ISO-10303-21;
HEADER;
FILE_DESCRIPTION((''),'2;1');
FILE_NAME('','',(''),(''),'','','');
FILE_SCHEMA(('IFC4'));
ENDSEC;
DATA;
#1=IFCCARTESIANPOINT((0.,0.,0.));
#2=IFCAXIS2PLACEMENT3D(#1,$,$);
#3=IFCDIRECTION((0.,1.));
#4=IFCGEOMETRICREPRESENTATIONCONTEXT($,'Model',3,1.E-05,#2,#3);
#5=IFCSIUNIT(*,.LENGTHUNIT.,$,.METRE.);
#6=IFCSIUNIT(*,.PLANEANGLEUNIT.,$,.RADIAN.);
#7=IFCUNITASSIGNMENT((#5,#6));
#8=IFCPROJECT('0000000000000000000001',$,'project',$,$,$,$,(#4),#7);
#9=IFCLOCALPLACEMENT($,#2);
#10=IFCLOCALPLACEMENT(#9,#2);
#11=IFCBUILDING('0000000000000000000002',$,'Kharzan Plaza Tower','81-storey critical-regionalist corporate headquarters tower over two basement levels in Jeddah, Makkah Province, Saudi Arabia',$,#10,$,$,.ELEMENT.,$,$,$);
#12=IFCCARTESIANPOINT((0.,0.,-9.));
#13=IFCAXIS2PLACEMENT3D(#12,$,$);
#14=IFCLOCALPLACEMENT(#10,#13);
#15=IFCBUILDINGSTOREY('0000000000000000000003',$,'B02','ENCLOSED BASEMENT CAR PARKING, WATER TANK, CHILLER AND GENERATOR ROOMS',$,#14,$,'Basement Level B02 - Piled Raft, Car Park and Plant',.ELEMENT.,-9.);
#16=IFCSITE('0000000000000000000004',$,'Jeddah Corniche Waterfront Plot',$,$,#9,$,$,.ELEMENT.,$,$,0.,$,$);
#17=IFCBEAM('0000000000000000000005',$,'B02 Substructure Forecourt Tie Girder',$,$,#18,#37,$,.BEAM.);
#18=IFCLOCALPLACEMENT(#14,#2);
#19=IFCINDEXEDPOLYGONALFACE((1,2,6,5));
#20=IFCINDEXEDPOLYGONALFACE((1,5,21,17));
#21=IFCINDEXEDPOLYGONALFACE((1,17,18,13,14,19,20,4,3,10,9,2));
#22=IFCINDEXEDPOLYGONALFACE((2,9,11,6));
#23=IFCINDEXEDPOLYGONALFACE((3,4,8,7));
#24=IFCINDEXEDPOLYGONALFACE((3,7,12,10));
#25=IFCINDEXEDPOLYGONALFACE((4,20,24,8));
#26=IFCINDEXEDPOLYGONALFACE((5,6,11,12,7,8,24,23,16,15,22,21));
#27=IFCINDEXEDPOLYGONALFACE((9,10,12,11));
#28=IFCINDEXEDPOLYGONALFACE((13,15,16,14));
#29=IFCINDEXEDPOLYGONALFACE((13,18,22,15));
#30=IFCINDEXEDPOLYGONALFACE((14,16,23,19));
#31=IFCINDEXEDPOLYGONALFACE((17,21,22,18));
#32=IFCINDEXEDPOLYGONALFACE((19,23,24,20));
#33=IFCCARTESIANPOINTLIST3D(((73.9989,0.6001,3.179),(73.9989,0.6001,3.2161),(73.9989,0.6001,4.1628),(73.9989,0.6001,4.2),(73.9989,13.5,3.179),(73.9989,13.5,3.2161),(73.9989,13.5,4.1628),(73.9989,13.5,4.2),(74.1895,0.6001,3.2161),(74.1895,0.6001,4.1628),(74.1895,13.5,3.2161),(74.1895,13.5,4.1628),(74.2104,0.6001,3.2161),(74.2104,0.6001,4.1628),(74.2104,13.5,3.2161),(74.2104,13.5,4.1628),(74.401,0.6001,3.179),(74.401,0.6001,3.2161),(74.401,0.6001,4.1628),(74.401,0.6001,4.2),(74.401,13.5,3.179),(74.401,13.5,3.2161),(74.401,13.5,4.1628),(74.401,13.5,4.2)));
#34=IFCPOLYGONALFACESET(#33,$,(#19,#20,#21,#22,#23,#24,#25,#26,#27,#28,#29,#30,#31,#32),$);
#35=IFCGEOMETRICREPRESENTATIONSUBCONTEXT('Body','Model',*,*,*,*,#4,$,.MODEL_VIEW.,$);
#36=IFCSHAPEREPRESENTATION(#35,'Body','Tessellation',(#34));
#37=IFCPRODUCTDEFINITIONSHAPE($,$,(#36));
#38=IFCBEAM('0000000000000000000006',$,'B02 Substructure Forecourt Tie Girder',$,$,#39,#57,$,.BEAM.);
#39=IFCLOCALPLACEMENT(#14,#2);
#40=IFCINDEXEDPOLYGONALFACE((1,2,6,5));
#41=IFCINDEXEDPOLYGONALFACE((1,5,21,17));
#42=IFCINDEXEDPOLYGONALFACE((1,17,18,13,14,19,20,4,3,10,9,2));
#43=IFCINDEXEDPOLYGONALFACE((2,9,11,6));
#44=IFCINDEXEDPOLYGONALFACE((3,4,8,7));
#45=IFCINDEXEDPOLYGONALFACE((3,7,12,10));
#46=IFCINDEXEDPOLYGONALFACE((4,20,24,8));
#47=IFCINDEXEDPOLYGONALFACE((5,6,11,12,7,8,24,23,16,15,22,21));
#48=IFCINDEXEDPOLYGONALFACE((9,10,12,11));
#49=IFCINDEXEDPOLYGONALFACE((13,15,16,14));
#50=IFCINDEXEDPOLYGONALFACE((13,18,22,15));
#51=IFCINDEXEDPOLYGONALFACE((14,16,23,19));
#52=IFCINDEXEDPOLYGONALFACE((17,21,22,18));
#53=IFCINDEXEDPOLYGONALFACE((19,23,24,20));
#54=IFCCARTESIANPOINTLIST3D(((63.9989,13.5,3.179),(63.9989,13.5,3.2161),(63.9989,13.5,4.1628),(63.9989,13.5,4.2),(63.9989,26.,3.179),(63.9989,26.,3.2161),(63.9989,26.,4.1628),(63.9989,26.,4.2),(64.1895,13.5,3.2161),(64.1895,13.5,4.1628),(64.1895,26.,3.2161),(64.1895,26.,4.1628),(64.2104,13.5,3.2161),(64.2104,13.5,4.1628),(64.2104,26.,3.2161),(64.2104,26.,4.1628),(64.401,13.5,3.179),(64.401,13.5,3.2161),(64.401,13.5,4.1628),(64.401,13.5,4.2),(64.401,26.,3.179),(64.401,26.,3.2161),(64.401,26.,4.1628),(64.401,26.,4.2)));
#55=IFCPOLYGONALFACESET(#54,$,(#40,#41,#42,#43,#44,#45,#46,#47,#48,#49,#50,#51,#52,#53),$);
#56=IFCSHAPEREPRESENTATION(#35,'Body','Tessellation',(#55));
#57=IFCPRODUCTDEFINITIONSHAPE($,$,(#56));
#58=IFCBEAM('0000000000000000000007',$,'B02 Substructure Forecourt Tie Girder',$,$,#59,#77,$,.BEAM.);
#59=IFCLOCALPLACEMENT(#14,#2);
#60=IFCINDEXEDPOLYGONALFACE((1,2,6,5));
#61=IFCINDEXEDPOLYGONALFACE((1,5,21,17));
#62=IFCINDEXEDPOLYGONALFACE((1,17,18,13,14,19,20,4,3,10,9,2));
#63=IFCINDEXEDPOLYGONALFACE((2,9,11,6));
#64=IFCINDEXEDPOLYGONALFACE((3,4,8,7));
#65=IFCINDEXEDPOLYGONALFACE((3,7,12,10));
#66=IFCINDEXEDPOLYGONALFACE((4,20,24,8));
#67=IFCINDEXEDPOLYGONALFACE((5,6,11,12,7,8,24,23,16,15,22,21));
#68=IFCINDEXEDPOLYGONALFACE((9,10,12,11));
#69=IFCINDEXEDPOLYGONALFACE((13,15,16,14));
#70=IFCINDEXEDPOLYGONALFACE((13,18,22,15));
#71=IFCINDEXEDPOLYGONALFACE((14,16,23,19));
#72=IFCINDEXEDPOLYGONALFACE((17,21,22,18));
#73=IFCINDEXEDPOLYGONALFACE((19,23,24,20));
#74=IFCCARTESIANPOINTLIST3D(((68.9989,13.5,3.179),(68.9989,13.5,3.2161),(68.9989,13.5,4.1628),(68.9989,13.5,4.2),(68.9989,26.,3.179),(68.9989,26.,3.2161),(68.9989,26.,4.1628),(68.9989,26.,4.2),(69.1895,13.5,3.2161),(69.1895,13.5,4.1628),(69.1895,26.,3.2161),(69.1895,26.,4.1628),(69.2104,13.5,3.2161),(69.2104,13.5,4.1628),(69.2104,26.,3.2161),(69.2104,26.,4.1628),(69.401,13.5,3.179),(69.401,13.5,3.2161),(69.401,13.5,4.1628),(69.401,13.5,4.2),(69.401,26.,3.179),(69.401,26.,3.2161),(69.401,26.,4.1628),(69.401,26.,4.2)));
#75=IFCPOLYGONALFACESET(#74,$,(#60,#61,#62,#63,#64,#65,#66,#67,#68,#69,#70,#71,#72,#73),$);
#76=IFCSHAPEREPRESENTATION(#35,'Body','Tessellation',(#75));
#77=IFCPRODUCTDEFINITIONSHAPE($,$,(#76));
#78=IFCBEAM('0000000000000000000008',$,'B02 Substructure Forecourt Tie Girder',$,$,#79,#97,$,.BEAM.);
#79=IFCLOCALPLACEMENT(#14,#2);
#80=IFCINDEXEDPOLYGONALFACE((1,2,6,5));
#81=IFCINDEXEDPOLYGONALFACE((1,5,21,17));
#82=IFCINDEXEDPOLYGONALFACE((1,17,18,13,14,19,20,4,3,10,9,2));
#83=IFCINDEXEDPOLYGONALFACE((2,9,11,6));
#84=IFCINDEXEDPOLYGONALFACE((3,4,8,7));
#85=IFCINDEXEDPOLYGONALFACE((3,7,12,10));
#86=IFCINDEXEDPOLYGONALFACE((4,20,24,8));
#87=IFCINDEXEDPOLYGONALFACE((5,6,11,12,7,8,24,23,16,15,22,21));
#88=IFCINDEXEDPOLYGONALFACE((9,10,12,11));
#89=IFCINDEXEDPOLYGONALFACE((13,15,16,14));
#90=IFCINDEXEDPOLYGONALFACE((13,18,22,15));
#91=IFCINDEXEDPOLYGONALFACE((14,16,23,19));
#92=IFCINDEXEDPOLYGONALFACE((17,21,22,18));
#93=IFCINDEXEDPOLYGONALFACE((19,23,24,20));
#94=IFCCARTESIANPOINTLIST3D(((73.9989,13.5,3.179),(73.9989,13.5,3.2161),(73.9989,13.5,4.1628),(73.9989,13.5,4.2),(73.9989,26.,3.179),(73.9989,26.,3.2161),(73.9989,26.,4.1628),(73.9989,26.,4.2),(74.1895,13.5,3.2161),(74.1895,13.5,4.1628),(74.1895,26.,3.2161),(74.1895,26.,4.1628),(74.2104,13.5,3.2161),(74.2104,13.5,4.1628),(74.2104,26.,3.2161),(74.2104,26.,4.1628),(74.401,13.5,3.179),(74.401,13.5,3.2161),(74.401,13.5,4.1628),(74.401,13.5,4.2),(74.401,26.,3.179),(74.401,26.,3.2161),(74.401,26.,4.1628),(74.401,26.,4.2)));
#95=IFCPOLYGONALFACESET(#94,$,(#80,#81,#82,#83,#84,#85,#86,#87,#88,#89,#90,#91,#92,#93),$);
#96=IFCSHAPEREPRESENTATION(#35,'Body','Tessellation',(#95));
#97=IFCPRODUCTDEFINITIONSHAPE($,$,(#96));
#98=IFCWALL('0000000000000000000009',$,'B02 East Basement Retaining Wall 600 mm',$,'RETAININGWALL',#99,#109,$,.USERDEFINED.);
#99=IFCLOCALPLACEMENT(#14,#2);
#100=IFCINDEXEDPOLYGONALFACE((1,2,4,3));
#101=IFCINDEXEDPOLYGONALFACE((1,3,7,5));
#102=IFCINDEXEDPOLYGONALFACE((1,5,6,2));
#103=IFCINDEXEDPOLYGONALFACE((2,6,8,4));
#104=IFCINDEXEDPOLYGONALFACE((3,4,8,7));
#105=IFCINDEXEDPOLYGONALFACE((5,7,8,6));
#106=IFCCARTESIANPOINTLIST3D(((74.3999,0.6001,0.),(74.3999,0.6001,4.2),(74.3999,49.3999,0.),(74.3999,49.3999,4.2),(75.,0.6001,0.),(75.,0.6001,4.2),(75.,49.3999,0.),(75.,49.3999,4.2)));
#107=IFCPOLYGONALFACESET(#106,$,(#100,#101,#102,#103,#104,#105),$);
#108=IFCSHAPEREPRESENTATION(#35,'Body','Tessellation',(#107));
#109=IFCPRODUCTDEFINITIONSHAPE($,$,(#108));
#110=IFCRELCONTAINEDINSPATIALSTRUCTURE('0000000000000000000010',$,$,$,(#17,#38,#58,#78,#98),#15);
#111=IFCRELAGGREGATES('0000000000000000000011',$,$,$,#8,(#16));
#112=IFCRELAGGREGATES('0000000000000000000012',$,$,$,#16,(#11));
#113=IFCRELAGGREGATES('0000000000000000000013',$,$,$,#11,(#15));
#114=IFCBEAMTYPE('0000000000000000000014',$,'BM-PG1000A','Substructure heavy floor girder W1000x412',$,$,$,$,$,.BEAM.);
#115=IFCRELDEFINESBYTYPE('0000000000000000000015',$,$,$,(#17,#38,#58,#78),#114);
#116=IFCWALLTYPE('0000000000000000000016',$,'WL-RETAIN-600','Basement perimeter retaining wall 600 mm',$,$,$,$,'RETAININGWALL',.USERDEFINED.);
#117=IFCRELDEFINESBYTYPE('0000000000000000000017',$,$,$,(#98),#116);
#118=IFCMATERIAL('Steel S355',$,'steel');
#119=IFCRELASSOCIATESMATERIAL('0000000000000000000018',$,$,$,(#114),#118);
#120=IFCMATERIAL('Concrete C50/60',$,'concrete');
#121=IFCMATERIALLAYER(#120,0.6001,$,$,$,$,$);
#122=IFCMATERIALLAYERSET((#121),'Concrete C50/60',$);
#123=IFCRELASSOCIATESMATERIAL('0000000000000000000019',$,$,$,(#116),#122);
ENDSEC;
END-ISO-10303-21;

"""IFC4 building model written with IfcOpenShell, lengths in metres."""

from ifc_helpers import new_model, si_unit, direction, frame, frame_2d, origin, origin_2d, place, context, subcontext, project, spatial, rectangle, i_section, extrude, source, transform, mapped, material, layer, layer_set, material_profile, profile_set, type_object, element, save


model = new_model("IFC4")

# Units and contexts
model_context = context("Model", 3, precision=1e-05, world=origin(), true_north=direction((0.0, 1.0)))
body_context = subcontext(model_context, "Body", "Model", "MODEL_VIEW")
ifc_project = project(units=[si_unit("LENGTHUNIT", "METRE"), si_unit("PLANEANGLEUNIT", "RADIAN")], contexts=[model_context])

# Site, building, storey
site_placement = place(None, origin())
site = spatial("IfcSite", under=ifc_project, at=site_placement, Name="Jeddah Corniche Waterfront Plot", CompositionType="ELEMENT", RefElevation=0.0)
building_placement = place(site_placement, origin())
building = spatial("IfcBuilding", under=site, at=building_placement, Name="Kharzan Plaza Tower", Description="81-storey critical-regionalist corporate headquarters tower over two basement levels in Jeddah, Makkah Province, Saudi Arabia", CompositionType="ELEMENT")
storey_placement = place(building_placement, frame((0.0, 0.0, -9.0)))
storey = spatial("IfcBuildingStorey", under=building, at=storey_placement, Name="B02", Description="ENCLOSED BASEMENT CAR PARKING, WATER TANK, CHILLER AND GENERATOR ROOMS", LongName="Basement Level B02 - Piled Raft, Car Park and Plant", CompositionType="ELEMENT", Elevation=-9.0)

# Shared definitions
ifc_material_1 = material(Name="Concrete C50/60", Category="concrete")

# Beams
ifc_material_2 = material(Name="Steel S355", Category="steel")
ifc_material_profile_1 = material_profile(ifc_material_2, i_section(OverallWidth=0.4021, OverallDepth=1.021, WebThickness=0.021, FlangeThickness=0.0371, at=origin_2d()), Name="W1000x412")
ifc_profile_set_1 = profile_set([ifc_material_profile_1], Name="Steel S355")
beam_type = type_object("IfcBeamType", Name="BM-PG1000A", Description="Substructure heavy floor girder W1000x412", PredefinedType="BEAM", material=ifc_profile_set_1)
shared_shape_1 = source(origin(), body_context, "Body", "SweptSolid", [
    extrude(i_section(OverallWidth=0.4021, OverallDepth=1.021, WebThickness=0.021, FlangeThickness=0.0371, at=origin_2d()), origin(), (0.0, 0.0, 1.0), 12.8999),
])
for number, where, z_axis, x_axis, name in (
    (1, (74.2, 0.6001, 3.6895), (0.0, 1.0, 0.0), (-1.0, 0.0, 0.0), "B02 Substructure Forecourt Tie Girder"),
):
    element("IfcBeam", number, at=place(storey_placement, frame(where, z_axis=z_axis, x_axis=x_axis)), inside=storey, type_object=beam_type, Name=name, PredefinedType="BEAM", context=body_context, shape_type="MappedRepresentation", body=[
        mapped(shared_shape_1, transform((0.0, 0.0, 0.0), x_axis=(1.0, 0.0, 0.0), y_axis=(0.0, 1.0, 0.0), z_axis=(0.0, 0.0, 1.0))),
    ])
shared_shape_2 = source(origin(), body_context, "Body", "SweptSolid", [
    extrude(i_section(OverallWidth=0.4021, OverallDepth=1.021, WebThickness=0.021, FlangeThickness=0.0371, at=origin_2d()), origin(), (0.0, 0.0, 1.0), 12.5),
])
for number, where, z_axis, x_axis, name in (
    (2, (64.2, 13.5, 3.6895), (0.0, 1.0, 0.0), (-1.0, 0.0, 0.0), "B02 Substructure Forecourt Tie Girder"),
    (3, (69.2, 13.5, 3.6895), (0.0, 1.0, 0.0), (-1.0, 0.0, 0.0), "B02 Substructure Forecourt Tie Girder"),
    (4, (74.2, 13.5, 3.6895), (0.0, 1.0, 0.0), (-1.0, 0.0, 0.0), "B02 Substructure Forecourt Tie Girder"),
):
    element("IfcBeam", number, at=place(storey_placement, frame(where, z_axis=z_axis, x_axis=x_axis)), inside=storey, type_object=beam_type, Name=name, PredefinedType="BEAM", context=body_context, shape_type="MappedRepresentation", body=[
        mapped(shared_shape_2, transform((0.0, 0.0, 0.0), x_axis=(1.0, 0.0, 0.0), y_axis=(0.0, 1.0, 0.0), z_axis=(0.0, 0.0, 1.0))),
    ])

# Wall
ifc_layer_1 = layer(ifc_material_1, 0.6001)
ifc_layer_set_1 = layer_set([ifc_layer_1], Name="Concrete C50/60")
wall_type = type_object("IfcWallType", Name="WL-RETAIN-600", Description="Basement perimeter retaining wall 600 mm", ElementType="RETAININGWALL", PredefinedType="USERDEFINED", material=ifc_layer_set_1)
shared_shape_3 = source(origin(), body_context, "Body", "SweptSolid", [
    extrude(rectangle(XDim=48.7998, YDim=0.6001, at=frame_2d((24.3999, 0.0))), origin(), (0.0, 0.0, 1.0), 4.2),
])
wall_placement = place(storey_placement, frame((74.7, 0.6001, 0.0), z_axis=(0.0, 0.0, 1.0), x_axis=(0.0, 1.0, 0.0)))
element("IfcWall", 5, at=wall_placement, inside=storey, type_object=wall_type, Name="B02 East Basement Retaining Wall 600 mm", ObjectType="RETAININGWALL", PredefinedType="USERDEFINED", context=body_context, shape_type="MappedRepresentation", body=[
    mapped(shared_shape_3, transform((0.0, 0.0, 0.0), x_axis=(1.0, 0.0, 0.0), y_axis=(0.0, 1.0, 0.0), z_axis=(0.0, 0.0, 1.0))),
])

save(model, "model.ifc")
